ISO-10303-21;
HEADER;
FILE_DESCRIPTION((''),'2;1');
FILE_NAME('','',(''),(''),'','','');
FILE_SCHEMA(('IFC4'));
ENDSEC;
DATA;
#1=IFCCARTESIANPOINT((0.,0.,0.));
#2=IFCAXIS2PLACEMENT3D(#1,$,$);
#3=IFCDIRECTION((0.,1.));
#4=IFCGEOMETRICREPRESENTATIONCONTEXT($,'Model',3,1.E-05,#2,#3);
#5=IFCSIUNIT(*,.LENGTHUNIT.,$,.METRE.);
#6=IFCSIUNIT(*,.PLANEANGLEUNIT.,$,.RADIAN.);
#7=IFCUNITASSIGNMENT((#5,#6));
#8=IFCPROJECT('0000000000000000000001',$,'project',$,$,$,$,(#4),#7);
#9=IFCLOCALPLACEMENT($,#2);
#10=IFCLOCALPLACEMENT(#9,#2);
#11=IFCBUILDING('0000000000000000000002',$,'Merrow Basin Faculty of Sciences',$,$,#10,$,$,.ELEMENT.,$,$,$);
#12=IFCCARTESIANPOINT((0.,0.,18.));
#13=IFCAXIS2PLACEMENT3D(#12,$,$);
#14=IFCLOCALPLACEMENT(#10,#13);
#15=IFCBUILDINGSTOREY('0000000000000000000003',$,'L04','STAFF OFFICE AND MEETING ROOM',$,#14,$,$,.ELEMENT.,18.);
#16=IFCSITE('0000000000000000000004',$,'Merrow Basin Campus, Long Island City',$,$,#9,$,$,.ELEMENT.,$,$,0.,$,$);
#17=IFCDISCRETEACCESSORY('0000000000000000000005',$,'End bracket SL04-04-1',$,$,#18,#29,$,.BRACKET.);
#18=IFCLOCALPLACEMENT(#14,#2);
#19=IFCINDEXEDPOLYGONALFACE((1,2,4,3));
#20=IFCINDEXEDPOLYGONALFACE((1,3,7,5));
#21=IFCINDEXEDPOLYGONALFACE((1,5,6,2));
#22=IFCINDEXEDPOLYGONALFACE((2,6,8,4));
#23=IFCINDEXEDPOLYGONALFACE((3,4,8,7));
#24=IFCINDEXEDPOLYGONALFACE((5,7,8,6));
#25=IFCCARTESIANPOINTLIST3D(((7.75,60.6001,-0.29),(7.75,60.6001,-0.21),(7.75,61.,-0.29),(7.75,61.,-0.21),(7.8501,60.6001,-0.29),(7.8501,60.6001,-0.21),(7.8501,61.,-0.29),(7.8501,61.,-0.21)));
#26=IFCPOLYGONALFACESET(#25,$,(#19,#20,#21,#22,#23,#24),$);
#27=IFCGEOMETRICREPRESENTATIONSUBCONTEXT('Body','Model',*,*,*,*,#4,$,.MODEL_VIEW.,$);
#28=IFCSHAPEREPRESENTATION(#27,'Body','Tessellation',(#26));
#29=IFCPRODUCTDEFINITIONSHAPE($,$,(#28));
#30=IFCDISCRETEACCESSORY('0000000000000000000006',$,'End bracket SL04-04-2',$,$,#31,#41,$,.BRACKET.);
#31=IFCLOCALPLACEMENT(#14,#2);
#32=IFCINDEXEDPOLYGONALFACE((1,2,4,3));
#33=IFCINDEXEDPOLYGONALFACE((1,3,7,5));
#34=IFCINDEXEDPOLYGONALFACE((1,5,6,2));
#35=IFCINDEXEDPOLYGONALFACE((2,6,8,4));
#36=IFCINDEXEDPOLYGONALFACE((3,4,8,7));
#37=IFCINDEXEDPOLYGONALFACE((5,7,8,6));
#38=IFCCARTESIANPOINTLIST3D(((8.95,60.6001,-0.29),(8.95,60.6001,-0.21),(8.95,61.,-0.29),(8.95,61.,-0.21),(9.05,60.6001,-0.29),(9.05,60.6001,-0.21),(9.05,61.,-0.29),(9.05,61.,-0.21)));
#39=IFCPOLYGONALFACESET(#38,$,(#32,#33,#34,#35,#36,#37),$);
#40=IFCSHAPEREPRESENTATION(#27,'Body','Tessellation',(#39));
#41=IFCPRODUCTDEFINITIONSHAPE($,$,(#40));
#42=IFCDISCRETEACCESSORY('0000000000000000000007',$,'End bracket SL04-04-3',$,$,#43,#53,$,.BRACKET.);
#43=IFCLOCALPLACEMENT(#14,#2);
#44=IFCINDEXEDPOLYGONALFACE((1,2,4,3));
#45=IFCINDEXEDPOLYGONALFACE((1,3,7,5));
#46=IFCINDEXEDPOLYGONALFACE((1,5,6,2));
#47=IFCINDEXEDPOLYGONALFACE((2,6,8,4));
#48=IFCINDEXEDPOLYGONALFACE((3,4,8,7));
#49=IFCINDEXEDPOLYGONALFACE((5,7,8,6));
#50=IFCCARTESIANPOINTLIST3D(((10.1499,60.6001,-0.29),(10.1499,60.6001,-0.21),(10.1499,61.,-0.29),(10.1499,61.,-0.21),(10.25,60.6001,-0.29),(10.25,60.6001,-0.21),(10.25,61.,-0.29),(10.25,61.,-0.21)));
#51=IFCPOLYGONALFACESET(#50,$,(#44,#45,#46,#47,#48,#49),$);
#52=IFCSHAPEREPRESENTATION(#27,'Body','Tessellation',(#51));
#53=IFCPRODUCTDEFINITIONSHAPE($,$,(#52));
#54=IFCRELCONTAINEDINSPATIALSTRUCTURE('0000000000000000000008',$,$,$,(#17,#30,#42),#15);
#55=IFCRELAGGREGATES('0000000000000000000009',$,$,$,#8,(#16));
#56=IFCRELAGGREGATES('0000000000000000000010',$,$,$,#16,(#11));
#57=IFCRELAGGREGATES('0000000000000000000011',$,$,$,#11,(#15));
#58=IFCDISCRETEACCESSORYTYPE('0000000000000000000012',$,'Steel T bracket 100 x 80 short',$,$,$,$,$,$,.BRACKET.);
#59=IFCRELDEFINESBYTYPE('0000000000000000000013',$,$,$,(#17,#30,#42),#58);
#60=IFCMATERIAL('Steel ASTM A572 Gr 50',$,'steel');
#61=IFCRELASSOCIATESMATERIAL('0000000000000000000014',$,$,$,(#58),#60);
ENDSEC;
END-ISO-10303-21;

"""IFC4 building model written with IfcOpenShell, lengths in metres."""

from ifc_helpers import new_model, si_unit, direction, frame, origin, place, context, subcontext, project, spatial, polyline, outline, extrude, source, transform, mapped, material, type_object, element, save


model = new_model("IFC4")

# Units and contexts
model_context = context("Model", 3, precision=1e-05, world=origin(), true_north=direction((0.0, 1.0)))
body_context = subcontext(model_context, "Body", "Model", "MODEL_VIEW")
ifc_project = project(units=[si_unit("LENGTHUNIT", "METRE"), si_unit("PLANEANGLEUNIT", "RADIAN")], contexts=[model_context])

# Site, building, storey
site_placement = place(None, origin())
site = spatial("IfcSite", under=ifc_project, at=site_placement, Name="Merrow Basin Campus, Long Island City", CompositionType="ELEMENT", RefElevation=0.0)
building_placement = place(site_placement, origin())
building = spatial("IfcBuilding", under=site, at=building_placement, Name="Merrow Basin Faculty of Sciences", CompositionType="ELEMENT")
storey_placement = place(building_placement, frame((0.0, 0.0, 18.0)))
storey = spatial("IfcBuildingStorey", under=building, at=storey_placement, Name="L04", Description="STAFF OFFICE AND MEETING ROOM", CompositionType="ELEMENT", Elevation=18.0)

# Discrete accessories
ifc_material_1 = material(Name="Steel ASTM A572 Gr 50", Category="steel")
discrete_accessory_type = type_object("IfcDiscreteAccessoryType", Name="Steel T bracket 100 x 80 short", PredefinedType="BRACKET", material=ifc_material_1)
shared_shape_1 = source(origin(), body_context, "Body", "SweptSolid", [
    extrude(outline(polyline([(0.0, 0.0), (0.1001, 0.0), (0.1001, 0.0801), (0.0, 0.0801), (0.0, 0.0)])), origin(), (0.0, 0.0, 1.0), 0.3999),
])
for number, where, z_axis, x_axis, name in (
    (1, (7.8501, 60.6001, -0.29), (0.0, 1.0, 0.0), (-1.0, 0.0, 0.0), "End bracket SL04-04-1"),
    (2, (9.05, 60.6001, -0.29), (0.0, 1.0, 0.0), (-1.0, 0.0, 0.0), "End bracket SL04-04-2"),
    (3, (10.25, 60.6001, -0.29), (0.0, 1.0, 0.0), (-1.0, 0.0, 0.0), "End bracket SL04-04-3"),
):
    element("IfcDiscreteAccessory", number, at=place(storey_placement, frame(where, z_axis=z_axis, x_axis=x_axis)), inside=storey, type_object=discrete_accessory_type, Name=name, PredefinedType="BRACKET", context=body_context, shape_type="MappedRepresentation", body=[
        mapped(shared_shape_1, transform((0.0, 0.0, 0.0), scale=1.0)),
    ])

save(model, "model.ifc")
